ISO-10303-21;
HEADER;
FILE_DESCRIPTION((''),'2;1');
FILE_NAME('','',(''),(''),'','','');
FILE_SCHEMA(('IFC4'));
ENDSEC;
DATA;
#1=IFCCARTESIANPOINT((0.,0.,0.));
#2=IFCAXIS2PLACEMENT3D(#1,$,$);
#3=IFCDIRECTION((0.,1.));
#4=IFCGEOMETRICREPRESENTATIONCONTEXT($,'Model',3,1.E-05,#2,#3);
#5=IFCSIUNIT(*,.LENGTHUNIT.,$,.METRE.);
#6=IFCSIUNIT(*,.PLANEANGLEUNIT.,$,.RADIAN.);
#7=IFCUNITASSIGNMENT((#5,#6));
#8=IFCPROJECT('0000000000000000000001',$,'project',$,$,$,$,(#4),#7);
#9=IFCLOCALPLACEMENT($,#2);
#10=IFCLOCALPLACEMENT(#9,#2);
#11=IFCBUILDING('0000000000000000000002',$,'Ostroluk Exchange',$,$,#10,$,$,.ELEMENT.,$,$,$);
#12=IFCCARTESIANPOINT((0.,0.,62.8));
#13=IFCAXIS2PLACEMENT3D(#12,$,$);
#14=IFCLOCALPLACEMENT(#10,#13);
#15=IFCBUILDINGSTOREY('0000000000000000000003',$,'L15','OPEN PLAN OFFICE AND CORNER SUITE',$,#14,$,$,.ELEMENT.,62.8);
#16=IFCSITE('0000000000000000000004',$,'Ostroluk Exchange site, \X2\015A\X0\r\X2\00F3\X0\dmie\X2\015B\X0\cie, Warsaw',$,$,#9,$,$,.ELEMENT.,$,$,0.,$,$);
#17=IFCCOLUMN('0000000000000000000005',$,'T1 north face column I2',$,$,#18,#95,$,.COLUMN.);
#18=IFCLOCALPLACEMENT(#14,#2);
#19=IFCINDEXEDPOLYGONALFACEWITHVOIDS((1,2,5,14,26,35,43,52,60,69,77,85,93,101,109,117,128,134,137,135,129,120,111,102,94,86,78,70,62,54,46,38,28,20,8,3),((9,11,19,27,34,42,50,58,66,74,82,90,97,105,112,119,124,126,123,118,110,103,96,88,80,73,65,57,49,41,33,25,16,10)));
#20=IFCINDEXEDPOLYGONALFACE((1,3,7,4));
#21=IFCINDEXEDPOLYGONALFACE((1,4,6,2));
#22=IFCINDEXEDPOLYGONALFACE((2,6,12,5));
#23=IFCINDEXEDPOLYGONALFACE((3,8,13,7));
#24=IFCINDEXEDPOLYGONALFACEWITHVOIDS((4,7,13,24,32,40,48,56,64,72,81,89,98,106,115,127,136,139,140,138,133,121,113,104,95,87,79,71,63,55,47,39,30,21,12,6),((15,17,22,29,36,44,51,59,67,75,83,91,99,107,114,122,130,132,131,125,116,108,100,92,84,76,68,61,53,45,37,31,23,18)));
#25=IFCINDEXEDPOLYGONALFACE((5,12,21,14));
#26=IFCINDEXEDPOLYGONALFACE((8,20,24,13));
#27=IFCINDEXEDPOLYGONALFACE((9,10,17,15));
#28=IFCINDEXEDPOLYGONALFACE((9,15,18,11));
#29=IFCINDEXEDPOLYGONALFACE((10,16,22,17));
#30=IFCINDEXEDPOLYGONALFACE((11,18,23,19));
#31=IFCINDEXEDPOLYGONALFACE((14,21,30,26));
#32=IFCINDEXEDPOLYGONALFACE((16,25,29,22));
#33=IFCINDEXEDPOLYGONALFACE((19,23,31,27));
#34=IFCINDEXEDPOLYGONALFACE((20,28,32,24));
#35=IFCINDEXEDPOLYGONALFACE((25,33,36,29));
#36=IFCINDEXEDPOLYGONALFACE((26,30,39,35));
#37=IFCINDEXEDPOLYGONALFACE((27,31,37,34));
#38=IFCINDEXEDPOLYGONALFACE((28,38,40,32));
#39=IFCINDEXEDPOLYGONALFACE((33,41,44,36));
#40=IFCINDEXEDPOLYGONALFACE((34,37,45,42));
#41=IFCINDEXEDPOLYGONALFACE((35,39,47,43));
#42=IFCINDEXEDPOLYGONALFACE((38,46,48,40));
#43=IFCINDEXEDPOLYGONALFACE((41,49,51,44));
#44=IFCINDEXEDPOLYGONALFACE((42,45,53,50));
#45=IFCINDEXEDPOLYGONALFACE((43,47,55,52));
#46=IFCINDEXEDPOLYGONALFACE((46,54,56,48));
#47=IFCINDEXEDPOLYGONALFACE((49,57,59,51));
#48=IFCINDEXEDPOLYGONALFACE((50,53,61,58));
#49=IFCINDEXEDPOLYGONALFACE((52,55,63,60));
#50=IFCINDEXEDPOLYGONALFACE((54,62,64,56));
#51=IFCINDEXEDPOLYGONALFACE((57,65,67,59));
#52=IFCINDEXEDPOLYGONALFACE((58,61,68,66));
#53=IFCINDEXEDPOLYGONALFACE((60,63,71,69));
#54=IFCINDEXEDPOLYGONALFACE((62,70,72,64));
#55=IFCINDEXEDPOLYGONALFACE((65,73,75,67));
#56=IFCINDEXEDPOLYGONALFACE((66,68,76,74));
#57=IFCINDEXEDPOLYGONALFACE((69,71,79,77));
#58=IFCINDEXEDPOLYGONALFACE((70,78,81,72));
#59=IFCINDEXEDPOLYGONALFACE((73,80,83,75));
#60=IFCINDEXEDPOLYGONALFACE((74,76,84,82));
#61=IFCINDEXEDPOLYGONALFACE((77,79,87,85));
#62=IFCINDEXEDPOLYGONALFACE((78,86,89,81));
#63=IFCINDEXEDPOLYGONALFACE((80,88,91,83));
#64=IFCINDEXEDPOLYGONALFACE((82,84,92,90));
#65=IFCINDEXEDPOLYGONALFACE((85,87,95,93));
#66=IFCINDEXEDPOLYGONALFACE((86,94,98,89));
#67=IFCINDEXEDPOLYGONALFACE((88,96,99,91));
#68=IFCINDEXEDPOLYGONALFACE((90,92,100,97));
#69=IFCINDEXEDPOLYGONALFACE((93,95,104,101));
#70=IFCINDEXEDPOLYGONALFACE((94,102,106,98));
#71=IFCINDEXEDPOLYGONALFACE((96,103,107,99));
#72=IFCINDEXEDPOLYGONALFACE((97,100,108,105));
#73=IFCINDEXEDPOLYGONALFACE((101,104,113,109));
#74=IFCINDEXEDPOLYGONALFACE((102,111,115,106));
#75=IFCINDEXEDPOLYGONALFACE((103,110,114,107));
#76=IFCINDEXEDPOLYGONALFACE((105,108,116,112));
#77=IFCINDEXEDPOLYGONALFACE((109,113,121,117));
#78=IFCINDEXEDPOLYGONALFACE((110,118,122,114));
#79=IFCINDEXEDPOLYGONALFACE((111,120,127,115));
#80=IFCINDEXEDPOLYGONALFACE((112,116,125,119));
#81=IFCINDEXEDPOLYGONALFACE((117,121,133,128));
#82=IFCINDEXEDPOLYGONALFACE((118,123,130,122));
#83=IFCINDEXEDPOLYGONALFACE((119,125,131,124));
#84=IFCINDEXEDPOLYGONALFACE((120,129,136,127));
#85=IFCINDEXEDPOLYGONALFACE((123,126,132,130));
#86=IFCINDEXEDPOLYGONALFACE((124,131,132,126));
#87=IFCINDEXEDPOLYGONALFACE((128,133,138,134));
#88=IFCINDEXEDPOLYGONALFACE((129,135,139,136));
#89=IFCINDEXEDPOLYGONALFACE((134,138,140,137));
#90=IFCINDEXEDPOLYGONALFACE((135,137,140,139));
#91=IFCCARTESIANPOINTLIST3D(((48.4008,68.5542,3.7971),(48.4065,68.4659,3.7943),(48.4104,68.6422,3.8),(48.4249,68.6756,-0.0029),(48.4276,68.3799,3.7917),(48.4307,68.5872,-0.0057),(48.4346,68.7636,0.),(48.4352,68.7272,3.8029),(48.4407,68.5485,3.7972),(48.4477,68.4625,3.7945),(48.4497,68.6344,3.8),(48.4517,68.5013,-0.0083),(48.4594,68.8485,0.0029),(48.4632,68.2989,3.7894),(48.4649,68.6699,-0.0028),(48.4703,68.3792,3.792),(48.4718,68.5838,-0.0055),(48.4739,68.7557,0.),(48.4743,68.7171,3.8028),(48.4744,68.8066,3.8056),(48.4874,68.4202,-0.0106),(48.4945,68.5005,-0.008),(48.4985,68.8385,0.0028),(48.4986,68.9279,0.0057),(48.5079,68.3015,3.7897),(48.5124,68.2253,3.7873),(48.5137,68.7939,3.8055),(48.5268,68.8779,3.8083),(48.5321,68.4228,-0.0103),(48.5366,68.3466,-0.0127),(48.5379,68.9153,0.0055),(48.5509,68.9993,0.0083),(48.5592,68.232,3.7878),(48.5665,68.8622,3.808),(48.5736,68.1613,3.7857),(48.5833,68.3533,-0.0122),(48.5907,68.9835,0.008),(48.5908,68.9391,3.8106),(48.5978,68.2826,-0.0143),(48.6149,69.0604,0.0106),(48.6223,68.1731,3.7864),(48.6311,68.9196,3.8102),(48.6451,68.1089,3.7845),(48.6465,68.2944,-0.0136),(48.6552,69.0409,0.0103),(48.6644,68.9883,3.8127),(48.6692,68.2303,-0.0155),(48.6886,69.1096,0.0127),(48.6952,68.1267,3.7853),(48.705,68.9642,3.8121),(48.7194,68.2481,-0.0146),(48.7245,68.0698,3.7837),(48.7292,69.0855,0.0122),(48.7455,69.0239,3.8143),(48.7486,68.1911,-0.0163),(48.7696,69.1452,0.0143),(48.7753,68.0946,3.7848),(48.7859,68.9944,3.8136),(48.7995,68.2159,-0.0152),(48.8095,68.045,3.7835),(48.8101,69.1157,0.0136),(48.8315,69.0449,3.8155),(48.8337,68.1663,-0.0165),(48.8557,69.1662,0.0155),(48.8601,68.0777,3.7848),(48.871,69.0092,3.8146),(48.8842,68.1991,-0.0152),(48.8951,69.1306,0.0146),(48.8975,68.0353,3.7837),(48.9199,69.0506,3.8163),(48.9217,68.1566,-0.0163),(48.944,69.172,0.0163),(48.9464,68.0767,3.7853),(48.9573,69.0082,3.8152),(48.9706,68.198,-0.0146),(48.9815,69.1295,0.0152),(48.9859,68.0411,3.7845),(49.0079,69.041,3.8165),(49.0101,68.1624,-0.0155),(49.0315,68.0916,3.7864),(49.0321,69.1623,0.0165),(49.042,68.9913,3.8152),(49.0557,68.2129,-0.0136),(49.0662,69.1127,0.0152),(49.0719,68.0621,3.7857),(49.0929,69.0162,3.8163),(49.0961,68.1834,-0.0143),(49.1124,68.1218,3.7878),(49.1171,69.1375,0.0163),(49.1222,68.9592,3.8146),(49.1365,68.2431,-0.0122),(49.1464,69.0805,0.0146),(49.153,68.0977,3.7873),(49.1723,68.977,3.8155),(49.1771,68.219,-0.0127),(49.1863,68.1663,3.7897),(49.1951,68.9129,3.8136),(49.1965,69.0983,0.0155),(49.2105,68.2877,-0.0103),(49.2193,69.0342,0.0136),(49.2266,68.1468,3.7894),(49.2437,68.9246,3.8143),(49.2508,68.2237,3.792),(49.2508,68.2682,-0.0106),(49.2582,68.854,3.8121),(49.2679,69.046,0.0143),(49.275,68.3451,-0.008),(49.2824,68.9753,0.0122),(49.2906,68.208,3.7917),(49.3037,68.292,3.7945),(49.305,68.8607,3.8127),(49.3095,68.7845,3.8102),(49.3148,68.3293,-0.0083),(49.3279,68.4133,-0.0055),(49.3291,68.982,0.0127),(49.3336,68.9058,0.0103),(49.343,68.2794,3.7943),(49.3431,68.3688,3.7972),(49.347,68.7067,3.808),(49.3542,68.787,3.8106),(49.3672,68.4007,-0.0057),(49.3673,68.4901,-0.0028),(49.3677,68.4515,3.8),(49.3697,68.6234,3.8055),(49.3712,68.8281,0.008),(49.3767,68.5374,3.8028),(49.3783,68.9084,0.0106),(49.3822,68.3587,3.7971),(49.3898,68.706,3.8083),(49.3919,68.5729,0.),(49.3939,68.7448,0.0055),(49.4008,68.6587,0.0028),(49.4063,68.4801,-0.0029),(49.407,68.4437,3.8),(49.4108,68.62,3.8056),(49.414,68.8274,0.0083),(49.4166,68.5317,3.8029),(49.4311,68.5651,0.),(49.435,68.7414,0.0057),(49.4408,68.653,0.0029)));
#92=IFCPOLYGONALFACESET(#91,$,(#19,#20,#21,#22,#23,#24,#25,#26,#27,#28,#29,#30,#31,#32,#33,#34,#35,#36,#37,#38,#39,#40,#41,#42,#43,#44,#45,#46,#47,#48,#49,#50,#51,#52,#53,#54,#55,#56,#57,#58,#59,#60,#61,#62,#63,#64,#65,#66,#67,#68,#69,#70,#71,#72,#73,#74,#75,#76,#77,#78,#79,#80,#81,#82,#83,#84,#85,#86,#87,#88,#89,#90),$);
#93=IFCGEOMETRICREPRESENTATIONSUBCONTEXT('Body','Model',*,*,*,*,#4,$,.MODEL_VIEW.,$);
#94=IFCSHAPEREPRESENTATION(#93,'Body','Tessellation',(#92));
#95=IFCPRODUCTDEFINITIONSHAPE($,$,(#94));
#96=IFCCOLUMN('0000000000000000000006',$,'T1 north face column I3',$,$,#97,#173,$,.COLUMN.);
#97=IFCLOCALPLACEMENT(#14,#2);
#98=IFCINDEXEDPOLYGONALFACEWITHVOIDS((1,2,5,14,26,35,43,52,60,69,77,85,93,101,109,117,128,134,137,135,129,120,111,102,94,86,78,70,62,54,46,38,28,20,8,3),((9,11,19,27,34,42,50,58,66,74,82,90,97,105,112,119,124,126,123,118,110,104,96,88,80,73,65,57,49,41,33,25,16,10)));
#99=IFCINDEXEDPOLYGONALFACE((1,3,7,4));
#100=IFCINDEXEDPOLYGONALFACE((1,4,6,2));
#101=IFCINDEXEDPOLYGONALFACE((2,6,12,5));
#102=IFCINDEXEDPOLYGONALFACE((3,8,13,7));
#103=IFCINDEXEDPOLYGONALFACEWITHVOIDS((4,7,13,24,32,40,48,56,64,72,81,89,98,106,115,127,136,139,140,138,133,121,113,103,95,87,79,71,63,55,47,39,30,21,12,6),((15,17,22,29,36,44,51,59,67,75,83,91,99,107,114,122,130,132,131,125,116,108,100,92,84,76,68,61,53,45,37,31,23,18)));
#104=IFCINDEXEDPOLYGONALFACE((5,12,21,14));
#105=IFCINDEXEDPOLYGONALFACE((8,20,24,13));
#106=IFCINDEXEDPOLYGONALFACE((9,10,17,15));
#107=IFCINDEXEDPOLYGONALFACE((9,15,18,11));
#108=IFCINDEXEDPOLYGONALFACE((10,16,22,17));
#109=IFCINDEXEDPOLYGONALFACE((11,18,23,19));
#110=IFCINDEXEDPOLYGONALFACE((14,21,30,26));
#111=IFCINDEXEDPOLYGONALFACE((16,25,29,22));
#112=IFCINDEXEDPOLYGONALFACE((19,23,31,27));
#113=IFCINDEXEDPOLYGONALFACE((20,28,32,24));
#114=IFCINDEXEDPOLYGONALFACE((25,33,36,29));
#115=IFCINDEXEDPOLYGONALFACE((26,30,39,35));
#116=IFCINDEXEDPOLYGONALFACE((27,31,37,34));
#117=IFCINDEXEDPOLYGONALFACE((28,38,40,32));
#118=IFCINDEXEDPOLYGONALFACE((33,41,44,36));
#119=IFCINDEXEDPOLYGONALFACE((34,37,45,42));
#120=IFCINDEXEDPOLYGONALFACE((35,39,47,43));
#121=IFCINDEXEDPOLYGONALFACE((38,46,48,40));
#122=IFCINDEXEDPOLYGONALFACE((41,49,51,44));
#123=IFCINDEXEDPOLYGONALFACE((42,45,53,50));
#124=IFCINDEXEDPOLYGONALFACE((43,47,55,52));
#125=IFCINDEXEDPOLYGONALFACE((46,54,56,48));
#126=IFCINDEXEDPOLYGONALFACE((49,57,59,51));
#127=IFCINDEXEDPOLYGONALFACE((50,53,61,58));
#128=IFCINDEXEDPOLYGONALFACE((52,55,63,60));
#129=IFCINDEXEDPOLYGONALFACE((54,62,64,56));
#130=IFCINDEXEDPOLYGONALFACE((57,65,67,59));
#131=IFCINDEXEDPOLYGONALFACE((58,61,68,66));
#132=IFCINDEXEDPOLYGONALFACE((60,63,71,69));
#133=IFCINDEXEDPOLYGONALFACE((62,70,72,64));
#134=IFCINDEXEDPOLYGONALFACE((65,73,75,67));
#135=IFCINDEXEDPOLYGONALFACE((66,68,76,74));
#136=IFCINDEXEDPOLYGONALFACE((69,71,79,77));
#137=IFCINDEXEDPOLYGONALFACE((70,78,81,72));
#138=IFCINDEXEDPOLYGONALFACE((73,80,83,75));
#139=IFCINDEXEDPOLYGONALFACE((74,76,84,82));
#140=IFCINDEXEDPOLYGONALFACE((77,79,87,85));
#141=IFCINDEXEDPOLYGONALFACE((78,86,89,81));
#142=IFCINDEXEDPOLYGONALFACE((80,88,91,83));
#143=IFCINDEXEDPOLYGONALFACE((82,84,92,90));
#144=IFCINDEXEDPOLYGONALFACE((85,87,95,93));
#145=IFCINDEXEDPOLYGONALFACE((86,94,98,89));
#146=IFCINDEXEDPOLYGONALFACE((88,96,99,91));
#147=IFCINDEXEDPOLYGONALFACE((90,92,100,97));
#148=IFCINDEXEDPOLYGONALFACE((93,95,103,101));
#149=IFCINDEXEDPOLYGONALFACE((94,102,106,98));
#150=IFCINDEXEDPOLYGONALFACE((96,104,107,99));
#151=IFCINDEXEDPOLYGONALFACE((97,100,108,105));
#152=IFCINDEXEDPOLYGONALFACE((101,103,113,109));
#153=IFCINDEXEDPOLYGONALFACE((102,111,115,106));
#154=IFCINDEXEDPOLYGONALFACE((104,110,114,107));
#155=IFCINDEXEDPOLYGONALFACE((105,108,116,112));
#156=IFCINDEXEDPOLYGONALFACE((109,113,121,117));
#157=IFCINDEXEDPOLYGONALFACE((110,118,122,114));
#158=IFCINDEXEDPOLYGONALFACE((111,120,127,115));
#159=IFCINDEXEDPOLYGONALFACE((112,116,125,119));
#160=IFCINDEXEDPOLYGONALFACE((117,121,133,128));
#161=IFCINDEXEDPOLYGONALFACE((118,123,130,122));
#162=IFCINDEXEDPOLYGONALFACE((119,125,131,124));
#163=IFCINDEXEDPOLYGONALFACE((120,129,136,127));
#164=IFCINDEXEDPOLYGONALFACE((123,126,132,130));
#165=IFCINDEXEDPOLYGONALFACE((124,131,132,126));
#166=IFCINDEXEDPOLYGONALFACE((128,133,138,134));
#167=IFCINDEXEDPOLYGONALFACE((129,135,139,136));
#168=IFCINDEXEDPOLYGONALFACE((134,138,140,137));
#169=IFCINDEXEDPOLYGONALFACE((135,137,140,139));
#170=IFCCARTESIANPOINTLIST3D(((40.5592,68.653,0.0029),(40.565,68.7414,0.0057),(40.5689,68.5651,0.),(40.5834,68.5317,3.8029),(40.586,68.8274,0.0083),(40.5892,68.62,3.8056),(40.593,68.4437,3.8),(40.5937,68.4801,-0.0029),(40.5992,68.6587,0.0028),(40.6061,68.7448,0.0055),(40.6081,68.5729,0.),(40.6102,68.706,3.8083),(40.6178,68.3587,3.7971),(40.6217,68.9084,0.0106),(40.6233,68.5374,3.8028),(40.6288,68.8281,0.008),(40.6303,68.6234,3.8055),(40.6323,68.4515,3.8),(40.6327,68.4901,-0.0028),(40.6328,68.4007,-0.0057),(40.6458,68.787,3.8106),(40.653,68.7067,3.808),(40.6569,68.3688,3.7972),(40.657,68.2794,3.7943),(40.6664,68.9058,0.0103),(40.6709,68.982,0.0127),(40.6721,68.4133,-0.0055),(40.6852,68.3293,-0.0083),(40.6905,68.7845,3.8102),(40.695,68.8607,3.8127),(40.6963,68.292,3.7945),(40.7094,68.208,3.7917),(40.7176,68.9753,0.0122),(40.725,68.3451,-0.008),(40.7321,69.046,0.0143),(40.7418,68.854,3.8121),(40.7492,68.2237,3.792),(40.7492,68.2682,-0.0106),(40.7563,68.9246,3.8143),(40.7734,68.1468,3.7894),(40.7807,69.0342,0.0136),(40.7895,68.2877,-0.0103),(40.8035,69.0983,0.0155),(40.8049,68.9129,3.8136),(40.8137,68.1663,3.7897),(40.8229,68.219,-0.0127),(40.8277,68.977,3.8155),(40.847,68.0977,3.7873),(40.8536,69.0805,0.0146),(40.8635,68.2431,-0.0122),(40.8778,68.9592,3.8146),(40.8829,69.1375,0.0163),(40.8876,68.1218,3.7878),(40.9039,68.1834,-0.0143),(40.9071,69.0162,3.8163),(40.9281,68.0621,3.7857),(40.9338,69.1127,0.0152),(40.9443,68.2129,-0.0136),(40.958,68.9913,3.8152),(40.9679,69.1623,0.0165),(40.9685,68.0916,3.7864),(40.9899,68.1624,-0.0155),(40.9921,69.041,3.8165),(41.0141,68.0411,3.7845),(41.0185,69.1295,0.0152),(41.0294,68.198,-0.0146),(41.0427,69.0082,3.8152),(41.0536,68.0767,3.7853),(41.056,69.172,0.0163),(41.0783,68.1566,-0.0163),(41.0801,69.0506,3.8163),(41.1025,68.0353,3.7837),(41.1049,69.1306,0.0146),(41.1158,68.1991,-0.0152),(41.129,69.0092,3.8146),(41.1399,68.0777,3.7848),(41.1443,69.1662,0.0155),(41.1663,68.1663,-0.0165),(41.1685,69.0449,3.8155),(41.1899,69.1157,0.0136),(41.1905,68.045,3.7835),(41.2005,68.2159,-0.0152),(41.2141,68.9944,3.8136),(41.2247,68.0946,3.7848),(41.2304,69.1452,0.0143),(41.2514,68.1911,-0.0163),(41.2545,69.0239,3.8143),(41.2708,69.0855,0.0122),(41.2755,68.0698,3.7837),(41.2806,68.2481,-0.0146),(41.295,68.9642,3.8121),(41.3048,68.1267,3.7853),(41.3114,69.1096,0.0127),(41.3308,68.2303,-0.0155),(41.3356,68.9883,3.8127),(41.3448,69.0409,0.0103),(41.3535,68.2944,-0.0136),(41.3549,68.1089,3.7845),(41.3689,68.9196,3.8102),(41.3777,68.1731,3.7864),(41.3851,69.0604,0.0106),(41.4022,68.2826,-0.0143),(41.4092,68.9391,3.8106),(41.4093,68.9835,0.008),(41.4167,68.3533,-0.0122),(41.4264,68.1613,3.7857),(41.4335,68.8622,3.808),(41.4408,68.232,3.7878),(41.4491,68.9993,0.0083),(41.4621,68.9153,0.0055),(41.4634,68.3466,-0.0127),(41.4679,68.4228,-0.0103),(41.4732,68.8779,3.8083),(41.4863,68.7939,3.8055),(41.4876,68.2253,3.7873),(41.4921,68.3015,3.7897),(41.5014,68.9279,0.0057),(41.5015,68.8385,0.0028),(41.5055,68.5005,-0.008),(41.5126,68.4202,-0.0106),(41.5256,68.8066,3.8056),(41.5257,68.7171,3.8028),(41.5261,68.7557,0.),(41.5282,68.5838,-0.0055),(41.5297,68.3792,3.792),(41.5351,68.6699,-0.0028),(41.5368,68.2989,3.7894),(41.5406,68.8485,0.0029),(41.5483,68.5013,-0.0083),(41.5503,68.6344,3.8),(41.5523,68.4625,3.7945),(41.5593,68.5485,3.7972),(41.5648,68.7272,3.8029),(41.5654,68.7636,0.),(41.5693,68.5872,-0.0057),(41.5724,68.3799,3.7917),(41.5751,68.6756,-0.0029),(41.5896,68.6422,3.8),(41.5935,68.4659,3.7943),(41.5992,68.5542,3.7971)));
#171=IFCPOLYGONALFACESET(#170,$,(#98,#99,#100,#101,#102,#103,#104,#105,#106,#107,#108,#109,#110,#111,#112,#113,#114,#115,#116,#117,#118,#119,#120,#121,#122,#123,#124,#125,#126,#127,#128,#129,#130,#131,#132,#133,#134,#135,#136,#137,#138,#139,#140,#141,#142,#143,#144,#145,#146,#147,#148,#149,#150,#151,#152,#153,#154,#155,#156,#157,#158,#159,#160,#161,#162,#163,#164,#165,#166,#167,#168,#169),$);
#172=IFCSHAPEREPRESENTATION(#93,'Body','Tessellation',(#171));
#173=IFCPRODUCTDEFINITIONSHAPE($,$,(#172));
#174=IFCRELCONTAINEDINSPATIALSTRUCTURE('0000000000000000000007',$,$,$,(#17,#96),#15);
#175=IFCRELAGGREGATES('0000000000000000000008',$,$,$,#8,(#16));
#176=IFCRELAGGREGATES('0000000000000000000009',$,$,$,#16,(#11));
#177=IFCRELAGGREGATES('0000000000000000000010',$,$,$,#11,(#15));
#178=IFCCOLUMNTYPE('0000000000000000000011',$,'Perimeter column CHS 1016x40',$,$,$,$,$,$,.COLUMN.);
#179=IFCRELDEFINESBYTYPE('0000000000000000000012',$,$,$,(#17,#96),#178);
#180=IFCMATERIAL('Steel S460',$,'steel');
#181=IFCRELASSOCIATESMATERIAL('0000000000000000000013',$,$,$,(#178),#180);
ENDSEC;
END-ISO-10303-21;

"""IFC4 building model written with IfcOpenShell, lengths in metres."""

from ifc_helpers import new_model, si_unit, direction, frame, origin, origin_2d, place, context, subcontext, project, spatial, hollow_circle, extrude, material, material_profile, profile_set, type_object, element, save


model = new_model("IFC4")

# Units and contexts
model_context = context("Model", 3, precision=1e-05, world=origin(), true_north=direction((0.0, 1.0)))
body_context = subcontext(model_context, "Body", "Model", "MODEL_VIEW")
ifc_project = project(units=[si_unit("LENGTHUNIT", "METRE"), si_unit("PLANEANGLEUNIT", "RADIAN")], contexts=[model_context])

# Site, building, storey
site_placement = place(None, origin())
site = spatial("IfcSite", under=ifc_project, at=site_placement, Name="Ostroluk Exchange site, Śródmieście, Warsaw", CompositionType="ELEMENT", RefElevation=0.0)
building_placement = place(site_placement, origin())
building = spatial("IfcBuilding", under=site, at=building_placement, Name="Ostroluk Exchange", CompositionType="ELEMENT")
storey_placement = place(building_placement, frame((0.0, 0.0, 62.8)))
storey = spatial("IfcBuildingStorey", under=building, at=storey_placement, Name="L15", Description="OPEN PLAN OFFICE AND CORNER SUITE", CompositionType="ELEMENT", Elevation=62.8)

# Columns
ifc_material_1 = material(Name="Steel S460", Category="steel")
ifc_material_profile_1 = material_profile(ifc_material_1, hollow_circle(Radius=0.5081, WallThickness=0.04, at=origin_2d()), Name="CHS 1016x40")
ifc_profile_set_1 = profile_set([ifc_material_profile_1], Name="Steel S460")
column_type = type_object("IfcColumnType", Name="Perimeter column CHS 1016x40", PredefinedType="COLUMN", material=ifc_profile_set_1)
for number, where, z_axis, x_axis, name in (
    (1, (48.9329, 68.6643, 0.0), (-0.006357, -0.031914, 0.99947), (0.980732, -0.195357, 0.0), "T1 north face column I2"),
    (2, (41.0671, 68.6643, 0.0), (0.006357, -0.031914, 0.99947), (0.980732, 0.195357, 0.0), "T1 north face column I3"),
):
    element("IfcColumn", number, at=place(storey_placement, frame(where, z_axis=z_axis, x_axis=x_axis)), inside=storey, type_object=column_type, Name=name, PredefinedType="COLUMN", context=body_context, shape_type="SweptSolid", body=[
        extrude(hollow_circle(Radius=0.5081, WallThickness=0.04, at=origin_2d()), origin(), (0.0, 0.0, 1.0), 3.802),
    ])

save(model, "model.ifc")
